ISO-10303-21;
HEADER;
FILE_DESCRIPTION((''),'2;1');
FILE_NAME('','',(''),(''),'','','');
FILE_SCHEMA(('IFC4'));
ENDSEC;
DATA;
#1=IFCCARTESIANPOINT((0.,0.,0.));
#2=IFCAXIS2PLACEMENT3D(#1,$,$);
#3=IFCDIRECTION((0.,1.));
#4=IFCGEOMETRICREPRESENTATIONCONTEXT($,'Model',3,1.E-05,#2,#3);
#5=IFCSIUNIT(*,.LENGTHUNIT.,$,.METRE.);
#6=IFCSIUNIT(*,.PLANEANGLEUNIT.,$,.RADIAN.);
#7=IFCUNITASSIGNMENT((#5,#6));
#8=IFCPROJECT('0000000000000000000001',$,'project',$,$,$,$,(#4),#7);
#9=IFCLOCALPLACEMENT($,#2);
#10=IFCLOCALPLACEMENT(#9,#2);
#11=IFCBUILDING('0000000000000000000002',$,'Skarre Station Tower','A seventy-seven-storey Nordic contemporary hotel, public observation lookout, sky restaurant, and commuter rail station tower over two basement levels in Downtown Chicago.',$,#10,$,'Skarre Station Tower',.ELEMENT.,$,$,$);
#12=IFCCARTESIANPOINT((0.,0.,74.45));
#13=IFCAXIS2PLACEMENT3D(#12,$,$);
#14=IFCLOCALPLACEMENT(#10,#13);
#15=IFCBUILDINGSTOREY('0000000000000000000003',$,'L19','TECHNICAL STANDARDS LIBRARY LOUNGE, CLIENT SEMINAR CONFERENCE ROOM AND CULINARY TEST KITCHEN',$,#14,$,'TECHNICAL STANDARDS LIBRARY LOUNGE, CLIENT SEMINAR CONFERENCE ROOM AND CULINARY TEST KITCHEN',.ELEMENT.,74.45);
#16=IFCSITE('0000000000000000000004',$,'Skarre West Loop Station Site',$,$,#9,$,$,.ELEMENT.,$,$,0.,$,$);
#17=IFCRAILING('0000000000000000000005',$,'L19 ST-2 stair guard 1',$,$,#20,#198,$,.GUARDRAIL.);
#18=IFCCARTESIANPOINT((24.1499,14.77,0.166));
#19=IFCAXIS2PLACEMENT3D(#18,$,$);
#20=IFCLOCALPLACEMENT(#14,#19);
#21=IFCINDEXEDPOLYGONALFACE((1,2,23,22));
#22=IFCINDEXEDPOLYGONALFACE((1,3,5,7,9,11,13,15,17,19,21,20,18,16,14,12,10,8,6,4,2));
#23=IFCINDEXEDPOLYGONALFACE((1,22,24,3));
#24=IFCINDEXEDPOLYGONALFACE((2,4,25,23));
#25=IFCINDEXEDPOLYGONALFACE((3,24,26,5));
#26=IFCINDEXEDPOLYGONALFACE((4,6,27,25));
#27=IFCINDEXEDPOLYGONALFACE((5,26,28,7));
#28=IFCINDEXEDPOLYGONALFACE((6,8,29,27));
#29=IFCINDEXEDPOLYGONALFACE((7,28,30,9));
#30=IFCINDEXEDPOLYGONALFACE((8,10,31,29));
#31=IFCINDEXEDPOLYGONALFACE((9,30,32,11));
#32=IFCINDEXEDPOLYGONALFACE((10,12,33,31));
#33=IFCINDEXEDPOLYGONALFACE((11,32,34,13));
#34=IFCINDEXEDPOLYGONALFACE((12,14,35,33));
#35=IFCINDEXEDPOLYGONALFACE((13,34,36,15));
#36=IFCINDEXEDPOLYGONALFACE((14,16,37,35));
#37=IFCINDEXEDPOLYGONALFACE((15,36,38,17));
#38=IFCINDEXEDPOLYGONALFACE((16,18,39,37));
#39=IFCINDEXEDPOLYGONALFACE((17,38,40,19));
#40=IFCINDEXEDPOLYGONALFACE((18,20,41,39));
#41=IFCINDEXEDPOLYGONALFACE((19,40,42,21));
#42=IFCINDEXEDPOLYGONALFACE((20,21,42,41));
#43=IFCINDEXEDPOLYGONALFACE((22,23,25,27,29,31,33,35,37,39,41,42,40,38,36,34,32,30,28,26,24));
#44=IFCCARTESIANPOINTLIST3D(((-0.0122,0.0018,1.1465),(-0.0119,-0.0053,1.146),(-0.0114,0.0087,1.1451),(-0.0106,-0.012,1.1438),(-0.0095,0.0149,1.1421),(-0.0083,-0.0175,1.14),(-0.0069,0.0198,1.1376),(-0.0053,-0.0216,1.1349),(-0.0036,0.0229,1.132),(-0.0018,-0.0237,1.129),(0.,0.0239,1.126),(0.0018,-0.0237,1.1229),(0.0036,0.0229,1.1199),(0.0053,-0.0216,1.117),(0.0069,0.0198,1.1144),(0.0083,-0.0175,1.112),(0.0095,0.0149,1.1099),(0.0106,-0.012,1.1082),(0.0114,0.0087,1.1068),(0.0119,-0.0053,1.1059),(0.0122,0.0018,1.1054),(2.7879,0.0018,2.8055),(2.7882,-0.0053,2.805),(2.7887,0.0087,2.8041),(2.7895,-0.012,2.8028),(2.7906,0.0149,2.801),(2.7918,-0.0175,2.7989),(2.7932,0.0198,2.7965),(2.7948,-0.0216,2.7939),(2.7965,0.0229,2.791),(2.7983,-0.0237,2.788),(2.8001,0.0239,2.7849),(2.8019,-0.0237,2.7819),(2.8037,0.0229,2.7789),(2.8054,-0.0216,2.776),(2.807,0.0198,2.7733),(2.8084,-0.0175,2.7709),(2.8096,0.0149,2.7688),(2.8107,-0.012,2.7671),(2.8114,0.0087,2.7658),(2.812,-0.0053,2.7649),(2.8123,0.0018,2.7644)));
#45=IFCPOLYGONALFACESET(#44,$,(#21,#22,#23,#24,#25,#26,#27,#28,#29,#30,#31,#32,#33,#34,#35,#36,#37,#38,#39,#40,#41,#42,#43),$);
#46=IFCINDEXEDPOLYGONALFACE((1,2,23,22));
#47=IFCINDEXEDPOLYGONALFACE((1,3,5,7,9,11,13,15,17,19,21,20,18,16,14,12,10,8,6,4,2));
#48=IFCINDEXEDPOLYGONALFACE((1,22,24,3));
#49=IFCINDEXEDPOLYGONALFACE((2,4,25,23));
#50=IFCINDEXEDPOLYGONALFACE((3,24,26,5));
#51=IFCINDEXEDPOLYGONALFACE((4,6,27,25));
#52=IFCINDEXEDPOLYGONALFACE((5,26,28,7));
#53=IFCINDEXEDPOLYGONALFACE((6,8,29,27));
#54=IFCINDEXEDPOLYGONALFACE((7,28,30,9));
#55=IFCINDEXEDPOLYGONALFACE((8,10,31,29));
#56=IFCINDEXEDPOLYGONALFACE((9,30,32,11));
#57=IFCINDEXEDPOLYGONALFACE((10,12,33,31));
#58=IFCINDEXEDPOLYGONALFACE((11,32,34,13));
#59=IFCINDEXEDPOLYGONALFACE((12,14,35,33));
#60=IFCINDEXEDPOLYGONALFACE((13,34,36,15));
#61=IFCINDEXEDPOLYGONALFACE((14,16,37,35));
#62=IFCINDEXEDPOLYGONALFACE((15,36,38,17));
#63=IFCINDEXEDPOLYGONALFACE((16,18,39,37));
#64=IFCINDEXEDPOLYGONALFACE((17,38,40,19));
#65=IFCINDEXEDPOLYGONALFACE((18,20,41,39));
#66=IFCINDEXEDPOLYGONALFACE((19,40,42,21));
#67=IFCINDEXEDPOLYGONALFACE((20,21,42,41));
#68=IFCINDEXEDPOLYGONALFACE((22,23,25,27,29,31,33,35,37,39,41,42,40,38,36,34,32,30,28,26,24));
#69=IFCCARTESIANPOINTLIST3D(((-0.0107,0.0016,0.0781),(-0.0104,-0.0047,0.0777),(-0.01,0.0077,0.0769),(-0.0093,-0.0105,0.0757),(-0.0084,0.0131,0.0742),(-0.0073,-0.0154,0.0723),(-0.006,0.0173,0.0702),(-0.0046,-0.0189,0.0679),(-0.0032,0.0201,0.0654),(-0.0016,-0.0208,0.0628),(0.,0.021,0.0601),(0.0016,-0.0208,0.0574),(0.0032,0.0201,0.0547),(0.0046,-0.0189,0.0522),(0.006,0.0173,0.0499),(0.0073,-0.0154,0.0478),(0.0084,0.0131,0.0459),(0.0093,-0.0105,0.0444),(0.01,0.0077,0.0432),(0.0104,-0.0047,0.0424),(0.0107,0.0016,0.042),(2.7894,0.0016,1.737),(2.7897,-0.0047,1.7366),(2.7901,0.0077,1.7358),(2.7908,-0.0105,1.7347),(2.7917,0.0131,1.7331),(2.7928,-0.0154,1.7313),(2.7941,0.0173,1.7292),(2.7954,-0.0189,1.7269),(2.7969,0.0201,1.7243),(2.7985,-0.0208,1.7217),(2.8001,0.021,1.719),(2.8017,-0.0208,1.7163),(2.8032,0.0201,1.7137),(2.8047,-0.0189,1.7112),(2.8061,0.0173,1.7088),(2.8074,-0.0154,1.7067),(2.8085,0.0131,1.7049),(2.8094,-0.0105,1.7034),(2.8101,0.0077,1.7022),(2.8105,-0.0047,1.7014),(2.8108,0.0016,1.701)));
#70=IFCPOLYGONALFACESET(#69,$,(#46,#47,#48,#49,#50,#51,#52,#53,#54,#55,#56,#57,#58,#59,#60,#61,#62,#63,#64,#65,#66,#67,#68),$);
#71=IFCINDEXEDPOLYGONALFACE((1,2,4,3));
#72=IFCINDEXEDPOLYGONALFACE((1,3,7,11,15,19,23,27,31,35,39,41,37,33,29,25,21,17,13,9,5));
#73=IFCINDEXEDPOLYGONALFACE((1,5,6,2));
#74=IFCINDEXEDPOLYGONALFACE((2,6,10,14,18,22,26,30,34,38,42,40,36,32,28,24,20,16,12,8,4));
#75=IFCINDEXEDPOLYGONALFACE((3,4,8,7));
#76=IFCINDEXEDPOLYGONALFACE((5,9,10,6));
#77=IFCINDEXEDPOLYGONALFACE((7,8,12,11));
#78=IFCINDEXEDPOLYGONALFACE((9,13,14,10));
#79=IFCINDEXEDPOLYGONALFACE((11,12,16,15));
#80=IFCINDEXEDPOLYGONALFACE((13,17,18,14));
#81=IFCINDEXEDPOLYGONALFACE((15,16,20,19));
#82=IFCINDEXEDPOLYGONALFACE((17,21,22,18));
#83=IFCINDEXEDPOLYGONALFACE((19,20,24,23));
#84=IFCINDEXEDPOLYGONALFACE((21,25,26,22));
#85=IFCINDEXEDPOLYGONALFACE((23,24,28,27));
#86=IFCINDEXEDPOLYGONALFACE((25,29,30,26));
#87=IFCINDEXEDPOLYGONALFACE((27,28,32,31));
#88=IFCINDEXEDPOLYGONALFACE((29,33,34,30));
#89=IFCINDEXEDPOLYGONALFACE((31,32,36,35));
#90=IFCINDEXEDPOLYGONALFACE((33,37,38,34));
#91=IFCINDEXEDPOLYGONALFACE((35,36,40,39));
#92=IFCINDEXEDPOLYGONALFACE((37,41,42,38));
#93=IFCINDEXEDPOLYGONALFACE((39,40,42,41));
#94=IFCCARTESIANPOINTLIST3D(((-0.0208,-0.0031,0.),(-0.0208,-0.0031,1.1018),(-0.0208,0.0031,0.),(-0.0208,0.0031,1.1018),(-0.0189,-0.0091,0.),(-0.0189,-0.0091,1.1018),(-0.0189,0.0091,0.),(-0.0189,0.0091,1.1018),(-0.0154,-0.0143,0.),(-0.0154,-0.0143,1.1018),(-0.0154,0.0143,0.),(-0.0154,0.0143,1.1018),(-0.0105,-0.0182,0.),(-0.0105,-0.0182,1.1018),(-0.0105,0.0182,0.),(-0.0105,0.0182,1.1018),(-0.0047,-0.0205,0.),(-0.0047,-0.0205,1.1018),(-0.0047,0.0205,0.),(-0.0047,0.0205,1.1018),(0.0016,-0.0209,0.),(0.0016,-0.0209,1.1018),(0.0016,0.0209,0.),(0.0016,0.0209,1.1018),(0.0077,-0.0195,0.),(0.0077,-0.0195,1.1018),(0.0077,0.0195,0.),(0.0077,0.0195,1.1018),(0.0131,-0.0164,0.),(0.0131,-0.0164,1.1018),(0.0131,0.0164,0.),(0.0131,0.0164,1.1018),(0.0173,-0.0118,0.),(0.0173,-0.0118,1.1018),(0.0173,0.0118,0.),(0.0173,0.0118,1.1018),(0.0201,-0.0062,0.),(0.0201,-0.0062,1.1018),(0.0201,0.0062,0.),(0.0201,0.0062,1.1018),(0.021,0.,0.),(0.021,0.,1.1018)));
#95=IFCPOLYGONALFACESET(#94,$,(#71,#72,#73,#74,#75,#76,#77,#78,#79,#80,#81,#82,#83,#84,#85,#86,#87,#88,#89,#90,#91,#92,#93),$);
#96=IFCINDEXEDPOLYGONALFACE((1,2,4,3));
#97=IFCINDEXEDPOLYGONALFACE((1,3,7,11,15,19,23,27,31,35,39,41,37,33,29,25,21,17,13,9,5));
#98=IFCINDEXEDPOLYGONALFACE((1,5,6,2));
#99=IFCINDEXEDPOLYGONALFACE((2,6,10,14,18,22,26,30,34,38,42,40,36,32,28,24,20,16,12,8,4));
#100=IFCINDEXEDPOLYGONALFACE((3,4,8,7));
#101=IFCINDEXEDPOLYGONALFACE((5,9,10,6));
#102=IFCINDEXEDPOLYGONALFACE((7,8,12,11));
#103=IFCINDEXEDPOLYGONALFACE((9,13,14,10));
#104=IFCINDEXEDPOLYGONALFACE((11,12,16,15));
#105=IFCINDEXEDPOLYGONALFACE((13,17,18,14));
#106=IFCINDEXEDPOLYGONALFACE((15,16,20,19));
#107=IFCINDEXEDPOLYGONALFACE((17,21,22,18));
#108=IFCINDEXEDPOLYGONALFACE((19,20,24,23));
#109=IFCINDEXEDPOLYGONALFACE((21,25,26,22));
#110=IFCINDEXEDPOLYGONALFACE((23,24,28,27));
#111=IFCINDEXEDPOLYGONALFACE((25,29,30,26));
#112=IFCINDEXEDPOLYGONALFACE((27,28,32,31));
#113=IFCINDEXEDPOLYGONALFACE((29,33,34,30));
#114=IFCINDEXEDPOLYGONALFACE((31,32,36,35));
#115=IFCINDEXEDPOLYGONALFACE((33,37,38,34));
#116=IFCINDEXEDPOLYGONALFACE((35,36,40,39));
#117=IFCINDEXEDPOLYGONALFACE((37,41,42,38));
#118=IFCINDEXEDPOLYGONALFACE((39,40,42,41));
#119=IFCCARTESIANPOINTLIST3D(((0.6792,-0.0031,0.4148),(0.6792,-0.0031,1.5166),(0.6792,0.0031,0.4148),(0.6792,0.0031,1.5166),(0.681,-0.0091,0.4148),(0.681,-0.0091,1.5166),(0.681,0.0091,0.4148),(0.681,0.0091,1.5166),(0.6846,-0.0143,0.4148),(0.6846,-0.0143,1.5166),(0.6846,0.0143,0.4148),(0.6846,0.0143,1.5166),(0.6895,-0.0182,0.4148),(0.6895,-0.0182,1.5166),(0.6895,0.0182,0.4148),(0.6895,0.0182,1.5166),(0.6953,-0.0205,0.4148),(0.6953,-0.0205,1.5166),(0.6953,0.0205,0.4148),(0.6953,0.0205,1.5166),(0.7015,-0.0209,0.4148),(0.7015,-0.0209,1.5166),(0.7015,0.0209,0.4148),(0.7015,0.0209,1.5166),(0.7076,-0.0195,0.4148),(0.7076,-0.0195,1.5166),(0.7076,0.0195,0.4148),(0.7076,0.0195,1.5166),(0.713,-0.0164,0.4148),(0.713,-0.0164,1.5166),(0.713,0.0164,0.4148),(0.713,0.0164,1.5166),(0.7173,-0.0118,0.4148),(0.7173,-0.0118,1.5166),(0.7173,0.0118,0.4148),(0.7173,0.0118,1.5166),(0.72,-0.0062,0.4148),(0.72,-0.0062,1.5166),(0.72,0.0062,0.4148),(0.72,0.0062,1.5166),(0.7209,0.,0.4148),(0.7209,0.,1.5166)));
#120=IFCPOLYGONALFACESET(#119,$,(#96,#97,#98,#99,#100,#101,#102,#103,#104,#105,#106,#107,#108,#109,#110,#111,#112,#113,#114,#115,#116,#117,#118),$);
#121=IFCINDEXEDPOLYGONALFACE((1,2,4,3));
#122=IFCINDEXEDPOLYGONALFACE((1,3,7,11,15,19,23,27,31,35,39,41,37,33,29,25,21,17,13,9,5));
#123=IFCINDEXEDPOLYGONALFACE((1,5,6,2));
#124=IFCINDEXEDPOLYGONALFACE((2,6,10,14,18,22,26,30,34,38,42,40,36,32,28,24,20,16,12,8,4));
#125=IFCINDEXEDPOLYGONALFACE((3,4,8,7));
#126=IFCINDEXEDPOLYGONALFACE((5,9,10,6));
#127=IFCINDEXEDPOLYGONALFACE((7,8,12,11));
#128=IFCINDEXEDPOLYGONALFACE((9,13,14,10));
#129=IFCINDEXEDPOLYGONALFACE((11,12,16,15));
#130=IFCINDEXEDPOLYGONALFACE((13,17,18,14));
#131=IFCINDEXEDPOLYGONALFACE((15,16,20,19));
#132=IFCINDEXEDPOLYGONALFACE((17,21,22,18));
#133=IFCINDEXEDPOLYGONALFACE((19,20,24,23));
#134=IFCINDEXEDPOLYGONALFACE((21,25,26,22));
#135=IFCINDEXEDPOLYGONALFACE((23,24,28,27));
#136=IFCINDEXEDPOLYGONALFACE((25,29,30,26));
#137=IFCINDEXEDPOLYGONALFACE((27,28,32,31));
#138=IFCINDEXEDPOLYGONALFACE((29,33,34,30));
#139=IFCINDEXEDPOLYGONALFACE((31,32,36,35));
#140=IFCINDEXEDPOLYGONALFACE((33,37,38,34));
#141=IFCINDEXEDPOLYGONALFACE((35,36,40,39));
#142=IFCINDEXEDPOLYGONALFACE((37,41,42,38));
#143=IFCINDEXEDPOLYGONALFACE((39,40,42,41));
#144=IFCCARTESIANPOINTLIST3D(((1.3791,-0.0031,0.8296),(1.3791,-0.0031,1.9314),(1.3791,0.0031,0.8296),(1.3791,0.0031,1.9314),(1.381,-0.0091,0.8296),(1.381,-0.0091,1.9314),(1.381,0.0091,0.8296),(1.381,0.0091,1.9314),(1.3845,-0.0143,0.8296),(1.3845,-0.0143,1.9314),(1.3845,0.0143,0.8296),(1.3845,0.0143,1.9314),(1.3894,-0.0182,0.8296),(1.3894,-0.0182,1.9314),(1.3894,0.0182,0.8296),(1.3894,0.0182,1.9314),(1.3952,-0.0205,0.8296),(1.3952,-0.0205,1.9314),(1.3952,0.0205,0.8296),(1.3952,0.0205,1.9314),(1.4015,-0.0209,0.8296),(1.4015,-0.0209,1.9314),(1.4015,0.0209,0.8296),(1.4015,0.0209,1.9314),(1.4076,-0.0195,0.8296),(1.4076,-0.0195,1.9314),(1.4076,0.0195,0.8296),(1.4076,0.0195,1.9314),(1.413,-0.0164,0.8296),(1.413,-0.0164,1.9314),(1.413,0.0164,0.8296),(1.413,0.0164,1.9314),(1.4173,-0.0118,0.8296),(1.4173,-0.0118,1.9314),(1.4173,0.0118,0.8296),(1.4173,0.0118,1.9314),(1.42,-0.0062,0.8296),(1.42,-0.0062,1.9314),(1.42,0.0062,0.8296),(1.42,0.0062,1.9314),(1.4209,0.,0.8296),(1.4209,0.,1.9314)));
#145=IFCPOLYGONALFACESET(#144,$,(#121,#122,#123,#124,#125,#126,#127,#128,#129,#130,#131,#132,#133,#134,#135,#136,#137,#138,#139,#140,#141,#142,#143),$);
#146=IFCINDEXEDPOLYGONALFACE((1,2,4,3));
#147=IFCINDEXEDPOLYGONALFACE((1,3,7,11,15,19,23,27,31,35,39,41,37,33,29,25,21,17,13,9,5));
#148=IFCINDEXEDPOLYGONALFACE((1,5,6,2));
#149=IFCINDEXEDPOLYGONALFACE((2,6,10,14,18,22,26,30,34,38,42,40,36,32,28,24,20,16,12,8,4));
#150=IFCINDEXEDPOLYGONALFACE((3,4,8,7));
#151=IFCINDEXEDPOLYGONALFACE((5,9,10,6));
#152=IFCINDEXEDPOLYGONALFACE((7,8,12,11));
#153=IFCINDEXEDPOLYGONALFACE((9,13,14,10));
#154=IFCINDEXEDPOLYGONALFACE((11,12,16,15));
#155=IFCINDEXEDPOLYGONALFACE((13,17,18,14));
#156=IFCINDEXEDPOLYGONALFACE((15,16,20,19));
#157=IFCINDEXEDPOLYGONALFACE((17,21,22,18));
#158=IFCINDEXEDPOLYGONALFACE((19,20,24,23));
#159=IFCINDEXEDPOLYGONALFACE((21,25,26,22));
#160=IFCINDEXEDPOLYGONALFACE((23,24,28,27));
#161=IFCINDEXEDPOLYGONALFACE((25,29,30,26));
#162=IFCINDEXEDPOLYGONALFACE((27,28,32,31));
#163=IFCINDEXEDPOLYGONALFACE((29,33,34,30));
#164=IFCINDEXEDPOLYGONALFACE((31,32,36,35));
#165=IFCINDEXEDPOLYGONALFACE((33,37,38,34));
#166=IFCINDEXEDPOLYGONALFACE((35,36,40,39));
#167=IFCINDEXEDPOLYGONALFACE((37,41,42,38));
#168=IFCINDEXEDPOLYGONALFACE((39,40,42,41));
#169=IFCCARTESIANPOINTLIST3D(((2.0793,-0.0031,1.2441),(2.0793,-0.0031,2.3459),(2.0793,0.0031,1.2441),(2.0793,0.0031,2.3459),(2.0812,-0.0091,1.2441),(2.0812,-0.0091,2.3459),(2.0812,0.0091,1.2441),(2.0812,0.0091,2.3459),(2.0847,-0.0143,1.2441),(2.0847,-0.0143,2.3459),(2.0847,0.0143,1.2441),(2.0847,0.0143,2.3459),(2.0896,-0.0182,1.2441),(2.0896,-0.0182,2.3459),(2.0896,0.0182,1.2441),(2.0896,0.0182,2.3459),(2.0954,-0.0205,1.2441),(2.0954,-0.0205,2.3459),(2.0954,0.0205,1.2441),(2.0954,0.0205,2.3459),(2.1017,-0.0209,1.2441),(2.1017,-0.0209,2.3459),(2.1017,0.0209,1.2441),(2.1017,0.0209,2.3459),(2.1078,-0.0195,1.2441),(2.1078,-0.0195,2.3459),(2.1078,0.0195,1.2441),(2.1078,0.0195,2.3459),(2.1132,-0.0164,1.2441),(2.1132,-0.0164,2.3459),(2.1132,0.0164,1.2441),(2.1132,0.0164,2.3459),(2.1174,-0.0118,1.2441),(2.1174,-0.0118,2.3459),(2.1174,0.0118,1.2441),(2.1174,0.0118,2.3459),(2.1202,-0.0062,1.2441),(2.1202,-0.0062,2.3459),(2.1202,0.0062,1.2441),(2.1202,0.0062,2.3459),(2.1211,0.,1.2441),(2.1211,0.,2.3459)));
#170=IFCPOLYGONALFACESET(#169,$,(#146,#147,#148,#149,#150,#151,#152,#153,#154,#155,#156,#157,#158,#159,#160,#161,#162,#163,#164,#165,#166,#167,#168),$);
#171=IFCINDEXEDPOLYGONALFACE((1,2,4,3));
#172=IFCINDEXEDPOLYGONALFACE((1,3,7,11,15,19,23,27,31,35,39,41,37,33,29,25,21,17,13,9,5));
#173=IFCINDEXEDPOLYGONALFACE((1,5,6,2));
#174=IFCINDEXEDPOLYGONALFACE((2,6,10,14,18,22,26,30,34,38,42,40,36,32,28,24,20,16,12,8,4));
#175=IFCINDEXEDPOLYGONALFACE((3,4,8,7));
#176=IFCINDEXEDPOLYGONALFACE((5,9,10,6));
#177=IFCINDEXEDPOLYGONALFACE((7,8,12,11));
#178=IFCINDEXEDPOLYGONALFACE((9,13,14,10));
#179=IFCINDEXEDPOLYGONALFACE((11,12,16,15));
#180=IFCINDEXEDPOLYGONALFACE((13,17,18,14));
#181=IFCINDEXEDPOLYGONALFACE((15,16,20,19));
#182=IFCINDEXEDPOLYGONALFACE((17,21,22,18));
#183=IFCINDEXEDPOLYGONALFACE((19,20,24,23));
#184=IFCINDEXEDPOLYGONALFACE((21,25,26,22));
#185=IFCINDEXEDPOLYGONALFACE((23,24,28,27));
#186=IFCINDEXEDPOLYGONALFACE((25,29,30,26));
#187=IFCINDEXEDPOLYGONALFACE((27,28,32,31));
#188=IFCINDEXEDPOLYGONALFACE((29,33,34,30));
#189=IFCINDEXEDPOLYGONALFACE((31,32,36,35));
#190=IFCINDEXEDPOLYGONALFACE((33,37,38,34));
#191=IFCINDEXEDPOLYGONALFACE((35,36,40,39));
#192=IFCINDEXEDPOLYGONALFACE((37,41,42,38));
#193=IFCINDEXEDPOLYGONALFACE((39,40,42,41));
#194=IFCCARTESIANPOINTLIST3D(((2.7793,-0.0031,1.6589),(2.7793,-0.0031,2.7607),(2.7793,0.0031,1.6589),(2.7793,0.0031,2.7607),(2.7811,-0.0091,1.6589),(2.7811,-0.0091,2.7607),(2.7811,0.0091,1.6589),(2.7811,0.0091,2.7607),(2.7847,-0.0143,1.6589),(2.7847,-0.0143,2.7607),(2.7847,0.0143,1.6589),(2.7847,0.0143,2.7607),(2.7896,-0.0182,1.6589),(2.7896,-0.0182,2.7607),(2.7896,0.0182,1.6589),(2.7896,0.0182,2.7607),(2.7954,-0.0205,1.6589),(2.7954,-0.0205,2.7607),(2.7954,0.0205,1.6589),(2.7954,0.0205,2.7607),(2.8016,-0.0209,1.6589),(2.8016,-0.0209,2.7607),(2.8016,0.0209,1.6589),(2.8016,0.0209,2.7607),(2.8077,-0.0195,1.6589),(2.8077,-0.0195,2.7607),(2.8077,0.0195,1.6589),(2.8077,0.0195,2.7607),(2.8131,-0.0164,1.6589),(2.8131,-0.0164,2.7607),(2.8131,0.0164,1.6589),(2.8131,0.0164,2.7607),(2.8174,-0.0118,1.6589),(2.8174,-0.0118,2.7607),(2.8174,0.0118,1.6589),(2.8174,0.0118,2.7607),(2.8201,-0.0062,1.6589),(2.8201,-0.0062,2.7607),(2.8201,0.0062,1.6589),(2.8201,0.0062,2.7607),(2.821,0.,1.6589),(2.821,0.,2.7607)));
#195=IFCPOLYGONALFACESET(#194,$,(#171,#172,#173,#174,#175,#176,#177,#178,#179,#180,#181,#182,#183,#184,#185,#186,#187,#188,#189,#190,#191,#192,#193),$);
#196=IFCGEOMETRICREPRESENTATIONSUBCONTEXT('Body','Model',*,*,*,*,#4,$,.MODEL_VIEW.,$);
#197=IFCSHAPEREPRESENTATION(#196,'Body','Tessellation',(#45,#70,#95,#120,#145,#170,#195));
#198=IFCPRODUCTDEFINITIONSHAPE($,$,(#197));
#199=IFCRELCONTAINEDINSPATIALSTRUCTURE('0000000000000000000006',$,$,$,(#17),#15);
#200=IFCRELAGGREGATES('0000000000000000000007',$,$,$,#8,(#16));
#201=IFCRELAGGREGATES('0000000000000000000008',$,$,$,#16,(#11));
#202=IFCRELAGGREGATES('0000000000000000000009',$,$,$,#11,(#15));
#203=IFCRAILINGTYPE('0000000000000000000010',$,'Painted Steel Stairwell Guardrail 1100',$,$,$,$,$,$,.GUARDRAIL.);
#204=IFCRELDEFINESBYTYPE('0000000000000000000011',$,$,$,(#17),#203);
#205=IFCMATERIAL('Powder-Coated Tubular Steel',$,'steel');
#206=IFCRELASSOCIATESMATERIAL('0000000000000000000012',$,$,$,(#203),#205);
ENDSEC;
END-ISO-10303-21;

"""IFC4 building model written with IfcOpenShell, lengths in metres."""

from ifc_helpers import new_model, si_unit, direction, frame, origin, origin_2d, place, context, subcontext, project, spatial, circle, extrude, material, type_object, element, save


model = new_model("IFC4")

# Units and contexts
model_context = context("Model", 3, precision=1e-05, world=origin(), true_north=direction((0.0, 1.0)))
body_context = subcontext(model_context, "Body", "Model", "MODEL_VIEW")
ifc_project = project(units=[si_unit("LENGTHUNIT", "METRE"), si_unit("PLANEANGLEUNIT", "RADIAN")], contexts=[model_context])

# Site, building, storey
site_placement = place(None, origin())
site = spatial("IfcSite", under=ifc_project, at=site_placement, Name="Skarre West Loop Station Site", CompositionType="ELEMENT", RefElevation=0.0)
building_placement = place(site_placement, origin())
building = spatial("IfcBuilding", under=site, at=building_placement, Name="Skarre Station Tower", Description="A seventy-seven-storey Nordic contemporary hotel, public observation lookout, sky restaurant, and commuter rail station tower over two basement levels in Downtown Chicago.", LongName="Skarre Station Tower", CompositionType="ELEMENT")
storey_placement = place(building_placement, frame((0.0, 0.0, 74.45)))
storey = spatial("IfcBuildingStorey", under=building, at=storey_placement, Name="L19", Description="TECHNICAL STANDARDS LIBRARY LOUNGE, CLIENT SEMINAR CONFERENCE ROOM AND CULINARY TEST KITCHEN", LongName="TECHNICAL STANDARDS LIBRARY LOUNGE, CLIENT SEMINAR CONFERENCE ROOM AND CULINARY TEST KITCHEN", CompositionType="ELEMENT", Elevation=74.45)

# Railing
ifc_material_1 = material(Name="Powder-Coated Tubular Steel", Category="steel")
railing_type_1 = type_object("IfcRailingType", Name="Painted Steel Stairwell Guardrail 1100", PredefinedType="GUARDRAIL", material=ifc_material_1)
railing_1_placement = place(storey_placement, frame((24.1499, 14.77, 0.166)))
element("IfcRailing", 1, at=railing_1_placement, inside=storey, type_object=railing_type_1, Name="L19 ST-2 stair guard 1", PredefinedType="GUARDRAIL", context=body_context, shape_type="SweptSolid", body=[
    extrude(circle(Radius=0.0239, at=origin_2d()), frame((0.0, 0.0, 1.126), z_axis=(0.860339, 0.0, 0.509722), x_axis=(0.0, 1.0, 0.0)), (0.0, 0.0, 1.0), 3.2546),
    extrude(circle(Radius=0.021, at=origin_2d()), frame((0.0, 0.0, 0.0601), z_axis=(0.860339, 0.0, 0.509722), x_axis=(0.0, 1.0, 0.0)), (0.0, 0.0, 1.0), 3.2546),
    extrude(circle(Radius=0.021, at=origin_2d()), origin(), (0.0, 0.0, 1.0), 1.1018),
    extrude(circle(Radius=0.021, at=origin_2d()), frame((0.7, 0.0, 0.4148)), (0.0, 0.0, 1.0), 1.1018),
    extrude(circle(Radius=0.021, at=origin_2d()), frame((1.3999, 0.0, 0.8296)), (0.0, 0.0, 1.0), 1.1018),
    extrude(circle(Radius=0.021, at=origin_2d()), frame((2.1001, 0.0, 1.2441)), (0.0, 0.0, 1.0), 1.1018),
    extrude(circle(Radius=0.021, at=origin_2d()), frame((2.8, 0.0, 1.6589)), (0.0, 0.0, 1.0), 1.1018),
])

save(model, "model.ifc")
